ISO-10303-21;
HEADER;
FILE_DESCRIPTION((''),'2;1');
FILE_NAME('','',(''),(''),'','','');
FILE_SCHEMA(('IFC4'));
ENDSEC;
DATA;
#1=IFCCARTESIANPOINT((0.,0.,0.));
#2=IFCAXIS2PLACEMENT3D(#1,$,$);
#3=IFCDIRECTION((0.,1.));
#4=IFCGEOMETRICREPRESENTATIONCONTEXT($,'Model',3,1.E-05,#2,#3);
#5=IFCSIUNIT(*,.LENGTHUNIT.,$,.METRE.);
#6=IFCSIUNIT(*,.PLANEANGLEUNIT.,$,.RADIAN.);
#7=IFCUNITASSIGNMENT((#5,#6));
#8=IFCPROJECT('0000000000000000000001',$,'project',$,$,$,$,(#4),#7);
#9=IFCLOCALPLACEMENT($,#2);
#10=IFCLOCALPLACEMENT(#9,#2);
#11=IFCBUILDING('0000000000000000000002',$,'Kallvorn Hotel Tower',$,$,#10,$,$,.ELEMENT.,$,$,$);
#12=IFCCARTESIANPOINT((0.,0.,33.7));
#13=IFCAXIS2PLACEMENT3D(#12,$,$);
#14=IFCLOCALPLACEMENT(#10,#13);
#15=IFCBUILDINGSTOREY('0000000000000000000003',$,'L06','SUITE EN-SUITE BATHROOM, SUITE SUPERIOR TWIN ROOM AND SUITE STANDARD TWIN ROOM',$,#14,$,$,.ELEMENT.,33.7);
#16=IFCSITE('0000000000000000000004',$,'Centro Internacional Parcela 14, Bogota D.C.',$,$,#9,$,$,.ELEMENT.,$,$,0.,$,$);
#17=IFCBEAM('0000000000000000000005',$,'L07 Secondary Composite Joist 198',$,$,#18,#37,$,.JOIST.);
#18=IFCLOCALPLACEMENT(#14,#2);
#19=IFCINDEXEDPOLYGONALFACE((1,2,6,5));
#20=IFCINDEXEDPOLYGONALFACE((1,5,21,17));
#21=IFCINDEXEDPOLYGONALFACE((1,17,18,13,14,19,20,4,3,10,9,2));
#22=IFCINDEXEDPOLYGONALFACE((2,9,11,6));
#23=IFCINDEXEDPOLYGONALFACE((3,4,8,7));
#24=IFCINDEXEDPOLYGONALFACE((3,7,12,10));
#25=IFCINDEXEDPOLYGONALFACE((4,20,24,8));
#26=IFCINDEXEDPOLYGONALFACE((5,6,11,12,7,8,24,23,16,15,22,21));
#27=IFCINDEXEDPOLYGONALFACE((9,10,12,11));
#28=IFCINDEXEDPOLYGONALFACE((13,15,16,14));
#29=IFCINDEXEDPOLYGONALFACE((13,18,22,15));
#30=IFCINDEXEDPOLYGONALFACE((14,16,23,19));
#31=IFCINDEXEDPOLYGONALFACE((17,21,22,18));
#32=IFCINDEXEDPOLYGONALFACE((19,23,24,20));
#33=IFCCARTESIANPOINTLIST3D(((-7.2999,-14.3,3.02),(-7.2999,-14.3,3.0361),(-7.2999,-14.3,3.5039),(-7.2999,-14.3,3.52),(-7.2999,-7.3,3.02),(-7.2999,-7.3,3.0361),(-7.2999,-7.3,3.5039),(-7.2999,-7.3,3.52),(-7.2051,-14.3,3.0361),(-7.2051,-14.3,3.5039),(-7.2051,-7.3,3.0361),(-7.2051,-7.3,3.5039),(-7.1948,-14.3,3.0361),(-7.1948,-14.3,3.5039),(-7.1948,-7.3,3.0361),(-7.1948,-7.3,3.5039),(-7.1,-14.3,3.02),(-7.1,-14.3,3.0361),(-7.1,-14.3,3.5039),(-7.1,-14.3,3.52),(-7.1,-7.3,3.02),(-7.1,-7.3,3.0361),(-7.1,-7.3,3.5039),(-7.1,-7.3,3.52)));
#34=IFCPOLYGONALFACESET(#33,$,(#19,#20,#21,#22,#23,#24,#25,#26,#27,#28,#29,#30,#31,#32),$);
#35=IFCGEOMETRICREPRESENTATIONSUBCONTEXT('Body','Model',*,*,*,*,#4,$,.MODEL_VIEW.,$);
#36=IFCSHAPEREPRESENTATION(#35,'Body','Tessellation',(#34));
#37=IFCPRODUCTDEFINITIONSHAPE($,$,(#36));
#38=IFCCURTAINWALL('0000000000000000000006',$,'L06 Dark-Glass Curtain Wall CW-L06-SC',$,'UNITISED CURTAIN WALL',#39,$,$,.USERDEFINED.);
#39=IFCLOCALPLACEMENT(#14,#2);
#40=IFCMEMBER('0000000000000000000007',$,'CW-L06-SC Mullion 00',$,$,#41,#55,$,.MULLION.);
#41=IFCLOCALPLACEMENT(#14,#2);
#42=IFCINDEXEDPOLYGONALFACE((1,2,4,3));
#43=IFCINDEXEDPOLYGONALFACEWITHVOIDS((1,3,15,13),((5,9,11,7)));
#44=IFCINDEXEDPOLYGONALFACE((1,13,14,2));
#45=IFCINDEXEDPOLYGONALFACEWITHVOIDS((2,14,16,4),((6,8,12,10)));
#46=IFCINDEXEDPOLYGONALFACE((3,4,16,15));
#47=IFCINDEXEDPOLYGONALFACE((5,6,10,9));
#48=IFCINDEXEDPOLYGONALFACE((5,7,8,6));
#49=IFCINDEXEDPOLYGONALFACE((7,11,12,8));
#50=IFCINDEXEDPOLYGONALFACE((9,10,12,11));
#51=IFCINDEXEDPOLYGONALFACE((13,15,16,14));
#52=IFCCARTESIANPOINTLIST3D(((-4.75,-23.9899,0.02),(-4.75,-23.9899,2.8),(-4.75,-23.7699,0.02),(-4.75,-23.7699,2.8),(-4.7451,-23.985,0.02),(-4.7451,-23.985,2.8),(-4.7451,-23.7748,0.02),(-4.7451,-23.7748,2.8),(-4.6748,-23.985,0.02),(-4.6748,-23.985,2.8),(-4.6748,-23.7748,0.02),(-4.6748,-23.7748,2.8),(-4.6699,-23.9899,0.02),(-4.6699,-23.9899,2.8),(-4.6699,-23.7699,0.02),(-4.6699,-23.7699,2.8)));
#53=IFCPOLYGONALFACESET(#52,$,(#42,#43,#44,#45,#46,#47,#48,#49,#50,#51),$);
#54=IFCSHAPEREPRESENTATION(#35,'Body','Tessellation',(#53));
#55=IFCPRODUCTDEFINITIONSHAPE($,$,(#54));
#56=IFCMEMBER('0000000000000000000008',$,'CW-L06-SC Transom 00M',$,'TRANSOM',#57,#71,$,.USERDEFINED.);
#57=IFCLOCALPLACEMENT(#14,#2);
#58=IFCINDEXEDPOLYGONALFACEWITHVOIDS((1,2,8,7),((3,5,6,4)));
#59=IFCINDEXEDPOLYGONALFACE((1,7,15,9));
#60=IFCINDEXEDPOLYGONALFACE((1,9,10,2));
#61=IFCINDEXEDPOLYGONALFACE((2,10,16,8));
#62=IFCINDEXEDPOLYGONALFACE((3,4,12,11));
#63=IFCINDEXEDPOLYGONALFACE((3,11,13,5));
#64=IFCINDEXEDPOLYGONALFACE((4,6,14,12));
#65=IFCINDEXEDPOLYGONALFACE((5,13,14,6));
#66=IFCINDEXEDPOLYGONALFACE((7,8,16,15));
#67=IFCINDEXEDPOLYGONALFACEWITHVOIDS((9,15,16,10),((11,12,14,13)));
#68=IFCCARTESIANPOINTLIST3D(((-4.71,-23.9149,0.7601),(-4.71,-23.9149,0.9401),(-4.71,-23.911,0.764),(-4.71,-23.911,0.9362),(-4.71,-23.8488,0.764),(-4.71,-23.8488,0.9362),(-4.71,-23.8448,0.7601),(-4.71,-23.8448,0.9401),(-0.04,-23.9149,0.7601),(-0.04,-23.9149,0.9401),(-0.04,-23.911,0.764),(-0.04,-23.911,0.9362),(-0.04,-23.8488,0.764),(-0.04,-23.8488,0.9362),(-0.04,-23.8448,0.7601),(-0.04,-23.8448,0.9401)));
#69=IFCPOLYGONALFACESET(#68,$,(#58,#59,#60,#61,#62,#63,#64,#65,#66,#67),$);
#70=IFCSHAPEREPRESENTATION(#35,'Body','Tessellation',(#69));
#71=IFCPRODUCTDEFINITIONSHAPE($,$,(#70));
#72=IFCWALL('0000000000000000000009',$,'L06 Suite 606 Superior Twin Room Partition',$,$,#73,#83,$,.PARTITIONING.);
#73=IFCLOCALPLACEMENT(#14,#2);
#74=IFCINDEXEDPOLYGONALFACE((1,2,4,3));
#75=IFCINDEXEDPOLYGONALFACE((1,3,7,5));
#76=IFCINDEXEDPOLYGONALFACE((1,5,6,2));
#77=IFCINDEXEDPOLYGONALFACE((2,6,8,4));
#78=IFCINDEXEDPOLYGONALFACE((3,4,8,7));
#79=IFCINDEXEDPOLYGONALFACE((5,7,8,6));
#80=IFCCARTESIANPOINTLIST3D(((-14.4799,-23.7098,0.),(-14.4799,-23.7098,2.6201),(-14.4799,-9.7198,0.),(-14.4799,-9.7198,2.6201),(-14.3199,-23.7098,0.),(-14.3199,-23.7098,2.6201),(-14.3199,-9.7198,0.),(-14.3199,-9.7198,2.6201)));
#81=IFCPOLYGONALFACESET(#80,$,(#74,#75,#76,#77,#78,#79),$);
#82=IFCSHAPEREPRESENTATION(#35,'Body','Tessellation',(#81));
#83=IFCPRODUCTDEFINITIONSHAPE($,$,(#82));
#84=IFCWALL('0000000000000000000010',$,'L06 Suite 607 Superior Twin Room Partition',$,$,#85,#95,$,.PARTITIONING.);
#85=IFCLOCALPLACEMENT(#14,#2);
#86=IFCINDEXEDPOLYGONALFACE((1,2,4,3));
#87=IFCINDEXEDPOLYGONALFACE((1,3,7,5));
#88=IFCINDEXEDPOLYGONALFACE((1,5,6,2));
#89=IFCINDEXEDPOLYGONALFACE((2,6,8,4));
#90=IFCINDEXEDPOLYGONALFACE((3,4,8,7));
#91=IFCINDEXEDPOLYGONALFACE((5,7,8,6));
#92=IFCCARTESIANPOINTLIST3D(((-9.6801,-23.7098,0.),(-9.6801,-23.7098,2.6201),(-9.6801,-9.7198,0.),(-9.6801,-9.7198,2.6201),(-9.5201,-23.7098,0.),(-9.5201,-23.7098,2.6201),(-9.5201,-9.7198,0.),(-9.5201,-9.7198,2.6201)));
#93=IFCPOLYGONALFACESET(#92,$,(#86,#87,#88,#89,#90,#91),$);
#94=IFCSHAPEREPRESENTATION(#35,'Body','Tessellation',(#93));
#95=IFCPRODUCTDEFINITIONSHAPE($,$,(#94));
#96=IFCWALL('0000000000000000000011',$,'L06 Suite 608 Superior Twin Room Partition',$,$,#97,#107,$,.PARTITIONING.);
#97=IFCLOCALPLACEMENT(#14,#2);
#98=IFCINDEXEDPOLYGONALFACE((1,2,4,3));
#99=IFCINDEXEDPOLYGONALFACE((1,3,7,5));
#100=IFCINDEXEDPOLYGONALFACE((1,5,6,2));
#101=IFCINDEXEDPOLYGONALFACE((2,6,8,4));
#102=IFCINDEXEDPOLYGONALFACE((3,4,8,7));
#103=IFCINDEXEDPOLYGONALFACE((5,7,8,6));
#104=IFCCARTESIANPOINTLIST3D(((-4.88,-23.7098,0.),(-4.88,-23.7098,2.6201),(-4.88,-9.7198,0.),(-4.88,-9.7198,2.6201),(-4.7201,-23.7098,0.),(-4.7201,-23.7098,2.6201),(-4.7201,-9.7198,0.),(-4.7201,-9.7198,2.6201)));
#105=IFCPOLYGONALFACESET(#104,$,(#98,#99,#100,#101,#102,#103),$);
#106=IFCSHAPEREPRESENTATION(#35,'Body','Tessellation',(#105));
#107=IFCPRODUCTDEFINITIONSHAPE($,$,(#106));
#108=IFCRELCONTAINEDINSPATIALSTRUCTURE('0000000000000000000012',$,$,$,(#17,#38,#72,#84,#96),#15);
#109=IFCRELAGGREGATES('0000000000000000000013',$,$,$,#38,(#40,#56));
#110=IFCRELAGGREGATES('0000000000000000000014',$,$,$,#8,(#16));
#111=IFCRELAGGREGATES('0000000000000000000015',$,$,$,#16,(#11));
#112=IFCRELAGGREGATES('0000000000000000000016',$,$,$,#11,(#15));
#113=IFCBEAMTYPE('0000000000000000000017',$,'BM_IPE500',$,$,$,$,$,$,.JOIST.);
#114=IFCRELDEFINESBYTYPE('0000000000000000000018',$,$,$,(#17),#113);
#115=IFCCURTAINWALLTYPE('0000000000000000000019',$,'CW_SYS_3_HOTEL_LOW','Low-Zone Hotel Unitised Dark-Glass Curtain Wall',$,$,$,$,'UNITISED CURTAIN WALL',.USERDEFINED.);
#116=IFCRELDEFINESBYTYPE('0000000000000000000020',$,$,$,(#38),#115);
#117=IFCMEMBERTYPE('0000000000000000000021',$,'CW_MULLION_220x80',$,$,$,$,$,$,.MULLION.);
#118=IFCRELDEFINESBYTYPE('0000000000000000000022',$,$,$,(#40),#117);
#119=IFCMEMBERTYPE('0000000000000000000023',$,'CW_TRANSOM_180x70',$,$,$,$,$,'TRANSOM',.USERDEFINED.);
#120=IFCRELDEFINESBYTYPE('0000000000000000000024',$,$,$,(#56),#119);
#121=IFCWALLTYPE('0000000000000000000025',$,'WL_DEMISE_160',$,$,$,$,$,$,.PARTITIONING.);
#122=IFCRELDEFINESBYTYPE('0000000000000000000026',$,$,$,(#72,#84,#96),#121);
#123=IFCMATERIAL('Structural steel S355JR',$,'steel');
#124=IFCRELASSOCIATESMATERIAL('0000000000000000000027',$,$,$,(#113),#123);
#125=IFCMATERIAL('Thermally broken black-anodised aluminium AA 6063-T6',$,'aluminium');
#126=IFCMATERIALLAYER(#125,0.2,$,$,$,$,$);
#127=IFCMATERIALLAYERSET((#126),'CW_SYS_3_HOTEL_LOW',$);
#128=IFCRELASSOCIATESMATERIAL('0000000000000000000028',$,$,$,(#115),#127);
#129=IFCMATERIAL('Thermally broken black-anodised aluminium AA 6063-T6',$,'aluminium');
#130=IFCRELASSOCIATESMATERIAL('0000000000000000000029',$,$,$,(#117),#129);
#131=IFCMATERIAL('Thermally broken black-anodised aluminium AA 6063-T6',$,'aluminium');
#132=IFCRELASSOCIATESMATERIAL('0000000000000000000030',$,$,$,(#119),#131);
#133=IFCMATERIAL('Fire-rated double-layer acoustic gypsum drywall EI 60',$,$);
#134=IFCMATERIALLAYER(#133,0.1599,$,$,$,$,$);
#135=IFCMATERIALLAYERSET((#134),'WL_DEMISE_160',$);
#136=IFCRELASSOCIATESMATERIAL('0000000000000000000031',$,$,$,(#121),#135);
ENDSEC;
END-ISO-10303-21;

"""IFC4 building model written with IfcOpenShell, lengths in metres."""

from ifc_helpers import new_model, si_unit, direction, frame, frame_2d, origin, origin_2d, place, context, subcontext, project, spatial, rectangle, hollow_rectangle, i_section, extrude, material, layer, layer_set, material_profile, profile_set, type_object, element, aggregate, save


model = new_model("IFC4")

# Units and contexts
model_context = context("Model", 3, precision=1e-05, world=origin(), true_north=direction((0.0, 1.0)))
body_context = subcontext(model_context, "Body", "Model", "MODEL_VIEW")
ifc_project = project(units=[si_unit("LENGTHUNIT", "METRE"), si_unit("PLANEANGLEUNIT", "RADIAN")], contexts=[model_context])

# Site, building, storey
site_placement = place(None, origin())
site = spatial("IfcSite", under=ifc_project, at=site_placement, Name="Centro Internacional Parcela 14, Bogota D.C.", CompositionType="ELEMENT", RefElevation=0.0)
building_placement = place(site_placement, origin())
building = spatial("IfcBuilding", under=site, at=building_placement, Name="Kallvorn Hotel Tower", CompositionType="ELEMENT")
storey_placement = place(building_placement, frame((0.0, 0.0, 33.7)))
storey = spatial("IfcBuildingStorey", under=building, at=storey_placement, Name="L06", Description="SUITE EN-SUITE BATHROOM, SUITE SUPERIOR TWIN ROOM AND SUITE STANDARD TWIN ROOM", CompositionType="ELEMENT", Elevation=33.7)

# Beam
ifc_material_1 = material(Name="Structural steel S355JR", Category="steel")
ifc_material_profile_1 = material_profile(ifc_material_1, i_section(OverallWidth=0.2, OverallDepth=0.5, WebThickness=0.0103, FlangeThickness=0.0161, at=origin_2d()), Name="IPE 500")
ifc_profile_set_1 = profile_set([ifc_material_profile_1], Name="Structural steel S355JR")
beam_type_1 = type_object("IfcBeamType", Name="BM_IPE500", PredefinedType="JOIST", material=ifc_profile_set_1)
for number, where, z_axis, x_axis, name in (
    (1, (-7.2, -14.3, 3.27), (0.0, 1.0, 0.0), (-1.0, 0.0, 0.0), "L07 Secondary Composite Joist 198"),
):
    element("IfcBeam", number, at=place(storey_placement, frame(where, z_axis=z_axis, x_axis=x_axis)), inside=storey, type_object=beam_type_1, Name=name, PredefinedType="JOIST", context=body_context, shape_type="SweptSolid", body=[
        extrude(i_section(OverallWidth=0.2, OverallDepth=0.5, WebThickness=0.0103, FlangeThickness=0.0161, at=origin_2d()), origin(), (0.0, 0.0, 1.0), 7.0),
    ])

# Curtain wall, members
ifc_material_2 = material(Name="Thermally broken black-anodised aluminium AA 6063-T6", Category="aluminium")
ifc_layer_1 = layer(ifc_material_2, 0.2)
ifc_layer_set_1 = layer_set([ifc_layer_1], Name="CW_SYS_3_HOTEL_LOW")
curtain_wall_type = type_object("IfcCurtainWallType", Name="CW_SYS_3_HOTEL_LOW", Description="Low-Zone Hotel Unitised Dark-Glass Curtain Wall", ElementType="UNITISED CURTAIN WALL", PredefinedType="USERDEFINED", material=ifc_layer_set_1)
curtain_wall_placement = place(storey_placement, origin())
curtain_wall = element("IfcCurtainWall", 2, at=curtain_wall_placement, inside=storey, type_object=curtain_wall_type, Name="L06 Dark-Glass Curtain Wall CW-L06-SC", ObjectType="UNITISED CURTAIN WALL", PredefinedType="USERDEFINED")
ifc_material_3 = material(Name="Thermally broken black-anodised aluminium AA 6063-T6", Category="aluminium")
ifc_material_profile_2 = material_profile(ifc_material_3, hollow_rectangle(XDim=0.0801, YDim=0.22, WallThickness=0.0049, at=origin_2d()), Name="MUL 220x80")
ifc_profile_set_2 = profile_set([ifc_material_profile_2], Name="Thermally broken black-anodised aluminium AA 6063-T6")
member_type_1 = type_object("IfcMemberType", Name="CW_MULLION_220x80", PredefinedType="MULLION", material=ifc_profile_set_2)
member_1_placement = place(storey_placement, frame((-4.71, -23.8799, 0.02), z_axis=(0.0, 0.0, 1.0), x_axis=(1.0, 0.0, 0.0)))
member_1 = element("IfcMember", 3, at=member_1_placement, type_object=member_type_1, Name="CW-L06-SC Mullion 00", PredefinedType="MULLION", context=body_context, shape_type="SweptSolid", body=[
    extrude(hollow_rectangle(XDim=0.0801, YDim=0.22, WallThickness=0.0049, at=origin_2d()), origin(), (0.0, 0.0, 1.0), 2.78),
])
ifc_material_4 = material(Name="Thermally broken black-anodised aluminium AA 6063-T6", Category="aluminium")
ifc_material_profile_3 = material_profile(ifc_material_4, hollow_rectangle(XDim=0.0701, YDim=0.1799, WallThickness=0.0039, at=origin_2d()), Name="TRN 180x70")
ifc_profile_set_3 = profile_set([ifc_material_profile_3], Name="Thermally broken black-anodised aluminium AA 6063-T6")
member_type_2 = type_object("IfcMemberType", Name="CW_TRANSOM_180x70", ElementType="TRANSOM", PredefinedType="USERDEFINED", material=ifc_profile_set_3)
member_2_placement = place(storey_placement, frame((-4.71, -23.8799, 0.8501), z_axis=(1.0, 0.0, 0.0), x_axis=(0.0, 1.0, 0.0)))
member_2 = element("IfcMember", 4, at=member_2_placement, type_object=member_type_2, Name="CW-L06-SC Transom 00M", ObjectType="TRANSOM", PredefinedType="USERDEFINED", context=body_context, shape_type="SweptSolid", body=[
    extrude(hollow_rectangle(XDim=0.0701, YDim=0.1799, WallThickness=0.0039, at=origin_2d()), origin(), (0.0, 0.0, 1.0), 4.6699),
])
aggregate(curtain_wall, [member_1, member_2])

# Walls
ifc_material_5 = material(Name="Fire-rated double-layer acoustic gypsum drywall EI 60")
ifc_layer_2 = layer(ifc_material_5, 0.1599)
ifc_layer_set_2 = layer_set([ifc_layer_2], Name="WL_DEMISE_160")
wall_type = type_object("IfcWallType", Name="WL_DEMISE_160", PredefinedType="PARTITIONING", material=ifc_layer_set_2)
for number, where, z_axis, x_axis, name in (
    (5, (-14.3999, -23.71, 0.0), (0.0, 0.0, 1.0), (0.0, 1.0, 0.0), "L06 Suite 606 Superior Twin Room Partition"),
    (6, (-9.6001, -23.71, 0.0), (0.0, 0.0, 1.0), (0.0, 1.0, 0.0), "L06 Suite 607 Superior Twin Room Partition"),
    (7, (-4.8, -23.71, 0.0), (0.0, 0.0, 1.0), (0.0, 1.0, 0.0), "L06 Suite 608 Superior Twin Room Partition"),
):
    element("IfcWall", number, at=place(storey_placement, frame(where, z_axis=z_axis, x_axis=x_axis)), inside=storey, type_object=wall_type, Name=name, PredefinedType="PARTITIONING", context=body_context, shape_type="SweptSolid", body=[
        extrude(rectangle(XDim=13.99, YDim=0.1599, at=frame_2d((6.9951, 0.0))), origin(), (0.0, 0.0, 1.0), 2.6201),
    ])

save(model, "model.ifc")
